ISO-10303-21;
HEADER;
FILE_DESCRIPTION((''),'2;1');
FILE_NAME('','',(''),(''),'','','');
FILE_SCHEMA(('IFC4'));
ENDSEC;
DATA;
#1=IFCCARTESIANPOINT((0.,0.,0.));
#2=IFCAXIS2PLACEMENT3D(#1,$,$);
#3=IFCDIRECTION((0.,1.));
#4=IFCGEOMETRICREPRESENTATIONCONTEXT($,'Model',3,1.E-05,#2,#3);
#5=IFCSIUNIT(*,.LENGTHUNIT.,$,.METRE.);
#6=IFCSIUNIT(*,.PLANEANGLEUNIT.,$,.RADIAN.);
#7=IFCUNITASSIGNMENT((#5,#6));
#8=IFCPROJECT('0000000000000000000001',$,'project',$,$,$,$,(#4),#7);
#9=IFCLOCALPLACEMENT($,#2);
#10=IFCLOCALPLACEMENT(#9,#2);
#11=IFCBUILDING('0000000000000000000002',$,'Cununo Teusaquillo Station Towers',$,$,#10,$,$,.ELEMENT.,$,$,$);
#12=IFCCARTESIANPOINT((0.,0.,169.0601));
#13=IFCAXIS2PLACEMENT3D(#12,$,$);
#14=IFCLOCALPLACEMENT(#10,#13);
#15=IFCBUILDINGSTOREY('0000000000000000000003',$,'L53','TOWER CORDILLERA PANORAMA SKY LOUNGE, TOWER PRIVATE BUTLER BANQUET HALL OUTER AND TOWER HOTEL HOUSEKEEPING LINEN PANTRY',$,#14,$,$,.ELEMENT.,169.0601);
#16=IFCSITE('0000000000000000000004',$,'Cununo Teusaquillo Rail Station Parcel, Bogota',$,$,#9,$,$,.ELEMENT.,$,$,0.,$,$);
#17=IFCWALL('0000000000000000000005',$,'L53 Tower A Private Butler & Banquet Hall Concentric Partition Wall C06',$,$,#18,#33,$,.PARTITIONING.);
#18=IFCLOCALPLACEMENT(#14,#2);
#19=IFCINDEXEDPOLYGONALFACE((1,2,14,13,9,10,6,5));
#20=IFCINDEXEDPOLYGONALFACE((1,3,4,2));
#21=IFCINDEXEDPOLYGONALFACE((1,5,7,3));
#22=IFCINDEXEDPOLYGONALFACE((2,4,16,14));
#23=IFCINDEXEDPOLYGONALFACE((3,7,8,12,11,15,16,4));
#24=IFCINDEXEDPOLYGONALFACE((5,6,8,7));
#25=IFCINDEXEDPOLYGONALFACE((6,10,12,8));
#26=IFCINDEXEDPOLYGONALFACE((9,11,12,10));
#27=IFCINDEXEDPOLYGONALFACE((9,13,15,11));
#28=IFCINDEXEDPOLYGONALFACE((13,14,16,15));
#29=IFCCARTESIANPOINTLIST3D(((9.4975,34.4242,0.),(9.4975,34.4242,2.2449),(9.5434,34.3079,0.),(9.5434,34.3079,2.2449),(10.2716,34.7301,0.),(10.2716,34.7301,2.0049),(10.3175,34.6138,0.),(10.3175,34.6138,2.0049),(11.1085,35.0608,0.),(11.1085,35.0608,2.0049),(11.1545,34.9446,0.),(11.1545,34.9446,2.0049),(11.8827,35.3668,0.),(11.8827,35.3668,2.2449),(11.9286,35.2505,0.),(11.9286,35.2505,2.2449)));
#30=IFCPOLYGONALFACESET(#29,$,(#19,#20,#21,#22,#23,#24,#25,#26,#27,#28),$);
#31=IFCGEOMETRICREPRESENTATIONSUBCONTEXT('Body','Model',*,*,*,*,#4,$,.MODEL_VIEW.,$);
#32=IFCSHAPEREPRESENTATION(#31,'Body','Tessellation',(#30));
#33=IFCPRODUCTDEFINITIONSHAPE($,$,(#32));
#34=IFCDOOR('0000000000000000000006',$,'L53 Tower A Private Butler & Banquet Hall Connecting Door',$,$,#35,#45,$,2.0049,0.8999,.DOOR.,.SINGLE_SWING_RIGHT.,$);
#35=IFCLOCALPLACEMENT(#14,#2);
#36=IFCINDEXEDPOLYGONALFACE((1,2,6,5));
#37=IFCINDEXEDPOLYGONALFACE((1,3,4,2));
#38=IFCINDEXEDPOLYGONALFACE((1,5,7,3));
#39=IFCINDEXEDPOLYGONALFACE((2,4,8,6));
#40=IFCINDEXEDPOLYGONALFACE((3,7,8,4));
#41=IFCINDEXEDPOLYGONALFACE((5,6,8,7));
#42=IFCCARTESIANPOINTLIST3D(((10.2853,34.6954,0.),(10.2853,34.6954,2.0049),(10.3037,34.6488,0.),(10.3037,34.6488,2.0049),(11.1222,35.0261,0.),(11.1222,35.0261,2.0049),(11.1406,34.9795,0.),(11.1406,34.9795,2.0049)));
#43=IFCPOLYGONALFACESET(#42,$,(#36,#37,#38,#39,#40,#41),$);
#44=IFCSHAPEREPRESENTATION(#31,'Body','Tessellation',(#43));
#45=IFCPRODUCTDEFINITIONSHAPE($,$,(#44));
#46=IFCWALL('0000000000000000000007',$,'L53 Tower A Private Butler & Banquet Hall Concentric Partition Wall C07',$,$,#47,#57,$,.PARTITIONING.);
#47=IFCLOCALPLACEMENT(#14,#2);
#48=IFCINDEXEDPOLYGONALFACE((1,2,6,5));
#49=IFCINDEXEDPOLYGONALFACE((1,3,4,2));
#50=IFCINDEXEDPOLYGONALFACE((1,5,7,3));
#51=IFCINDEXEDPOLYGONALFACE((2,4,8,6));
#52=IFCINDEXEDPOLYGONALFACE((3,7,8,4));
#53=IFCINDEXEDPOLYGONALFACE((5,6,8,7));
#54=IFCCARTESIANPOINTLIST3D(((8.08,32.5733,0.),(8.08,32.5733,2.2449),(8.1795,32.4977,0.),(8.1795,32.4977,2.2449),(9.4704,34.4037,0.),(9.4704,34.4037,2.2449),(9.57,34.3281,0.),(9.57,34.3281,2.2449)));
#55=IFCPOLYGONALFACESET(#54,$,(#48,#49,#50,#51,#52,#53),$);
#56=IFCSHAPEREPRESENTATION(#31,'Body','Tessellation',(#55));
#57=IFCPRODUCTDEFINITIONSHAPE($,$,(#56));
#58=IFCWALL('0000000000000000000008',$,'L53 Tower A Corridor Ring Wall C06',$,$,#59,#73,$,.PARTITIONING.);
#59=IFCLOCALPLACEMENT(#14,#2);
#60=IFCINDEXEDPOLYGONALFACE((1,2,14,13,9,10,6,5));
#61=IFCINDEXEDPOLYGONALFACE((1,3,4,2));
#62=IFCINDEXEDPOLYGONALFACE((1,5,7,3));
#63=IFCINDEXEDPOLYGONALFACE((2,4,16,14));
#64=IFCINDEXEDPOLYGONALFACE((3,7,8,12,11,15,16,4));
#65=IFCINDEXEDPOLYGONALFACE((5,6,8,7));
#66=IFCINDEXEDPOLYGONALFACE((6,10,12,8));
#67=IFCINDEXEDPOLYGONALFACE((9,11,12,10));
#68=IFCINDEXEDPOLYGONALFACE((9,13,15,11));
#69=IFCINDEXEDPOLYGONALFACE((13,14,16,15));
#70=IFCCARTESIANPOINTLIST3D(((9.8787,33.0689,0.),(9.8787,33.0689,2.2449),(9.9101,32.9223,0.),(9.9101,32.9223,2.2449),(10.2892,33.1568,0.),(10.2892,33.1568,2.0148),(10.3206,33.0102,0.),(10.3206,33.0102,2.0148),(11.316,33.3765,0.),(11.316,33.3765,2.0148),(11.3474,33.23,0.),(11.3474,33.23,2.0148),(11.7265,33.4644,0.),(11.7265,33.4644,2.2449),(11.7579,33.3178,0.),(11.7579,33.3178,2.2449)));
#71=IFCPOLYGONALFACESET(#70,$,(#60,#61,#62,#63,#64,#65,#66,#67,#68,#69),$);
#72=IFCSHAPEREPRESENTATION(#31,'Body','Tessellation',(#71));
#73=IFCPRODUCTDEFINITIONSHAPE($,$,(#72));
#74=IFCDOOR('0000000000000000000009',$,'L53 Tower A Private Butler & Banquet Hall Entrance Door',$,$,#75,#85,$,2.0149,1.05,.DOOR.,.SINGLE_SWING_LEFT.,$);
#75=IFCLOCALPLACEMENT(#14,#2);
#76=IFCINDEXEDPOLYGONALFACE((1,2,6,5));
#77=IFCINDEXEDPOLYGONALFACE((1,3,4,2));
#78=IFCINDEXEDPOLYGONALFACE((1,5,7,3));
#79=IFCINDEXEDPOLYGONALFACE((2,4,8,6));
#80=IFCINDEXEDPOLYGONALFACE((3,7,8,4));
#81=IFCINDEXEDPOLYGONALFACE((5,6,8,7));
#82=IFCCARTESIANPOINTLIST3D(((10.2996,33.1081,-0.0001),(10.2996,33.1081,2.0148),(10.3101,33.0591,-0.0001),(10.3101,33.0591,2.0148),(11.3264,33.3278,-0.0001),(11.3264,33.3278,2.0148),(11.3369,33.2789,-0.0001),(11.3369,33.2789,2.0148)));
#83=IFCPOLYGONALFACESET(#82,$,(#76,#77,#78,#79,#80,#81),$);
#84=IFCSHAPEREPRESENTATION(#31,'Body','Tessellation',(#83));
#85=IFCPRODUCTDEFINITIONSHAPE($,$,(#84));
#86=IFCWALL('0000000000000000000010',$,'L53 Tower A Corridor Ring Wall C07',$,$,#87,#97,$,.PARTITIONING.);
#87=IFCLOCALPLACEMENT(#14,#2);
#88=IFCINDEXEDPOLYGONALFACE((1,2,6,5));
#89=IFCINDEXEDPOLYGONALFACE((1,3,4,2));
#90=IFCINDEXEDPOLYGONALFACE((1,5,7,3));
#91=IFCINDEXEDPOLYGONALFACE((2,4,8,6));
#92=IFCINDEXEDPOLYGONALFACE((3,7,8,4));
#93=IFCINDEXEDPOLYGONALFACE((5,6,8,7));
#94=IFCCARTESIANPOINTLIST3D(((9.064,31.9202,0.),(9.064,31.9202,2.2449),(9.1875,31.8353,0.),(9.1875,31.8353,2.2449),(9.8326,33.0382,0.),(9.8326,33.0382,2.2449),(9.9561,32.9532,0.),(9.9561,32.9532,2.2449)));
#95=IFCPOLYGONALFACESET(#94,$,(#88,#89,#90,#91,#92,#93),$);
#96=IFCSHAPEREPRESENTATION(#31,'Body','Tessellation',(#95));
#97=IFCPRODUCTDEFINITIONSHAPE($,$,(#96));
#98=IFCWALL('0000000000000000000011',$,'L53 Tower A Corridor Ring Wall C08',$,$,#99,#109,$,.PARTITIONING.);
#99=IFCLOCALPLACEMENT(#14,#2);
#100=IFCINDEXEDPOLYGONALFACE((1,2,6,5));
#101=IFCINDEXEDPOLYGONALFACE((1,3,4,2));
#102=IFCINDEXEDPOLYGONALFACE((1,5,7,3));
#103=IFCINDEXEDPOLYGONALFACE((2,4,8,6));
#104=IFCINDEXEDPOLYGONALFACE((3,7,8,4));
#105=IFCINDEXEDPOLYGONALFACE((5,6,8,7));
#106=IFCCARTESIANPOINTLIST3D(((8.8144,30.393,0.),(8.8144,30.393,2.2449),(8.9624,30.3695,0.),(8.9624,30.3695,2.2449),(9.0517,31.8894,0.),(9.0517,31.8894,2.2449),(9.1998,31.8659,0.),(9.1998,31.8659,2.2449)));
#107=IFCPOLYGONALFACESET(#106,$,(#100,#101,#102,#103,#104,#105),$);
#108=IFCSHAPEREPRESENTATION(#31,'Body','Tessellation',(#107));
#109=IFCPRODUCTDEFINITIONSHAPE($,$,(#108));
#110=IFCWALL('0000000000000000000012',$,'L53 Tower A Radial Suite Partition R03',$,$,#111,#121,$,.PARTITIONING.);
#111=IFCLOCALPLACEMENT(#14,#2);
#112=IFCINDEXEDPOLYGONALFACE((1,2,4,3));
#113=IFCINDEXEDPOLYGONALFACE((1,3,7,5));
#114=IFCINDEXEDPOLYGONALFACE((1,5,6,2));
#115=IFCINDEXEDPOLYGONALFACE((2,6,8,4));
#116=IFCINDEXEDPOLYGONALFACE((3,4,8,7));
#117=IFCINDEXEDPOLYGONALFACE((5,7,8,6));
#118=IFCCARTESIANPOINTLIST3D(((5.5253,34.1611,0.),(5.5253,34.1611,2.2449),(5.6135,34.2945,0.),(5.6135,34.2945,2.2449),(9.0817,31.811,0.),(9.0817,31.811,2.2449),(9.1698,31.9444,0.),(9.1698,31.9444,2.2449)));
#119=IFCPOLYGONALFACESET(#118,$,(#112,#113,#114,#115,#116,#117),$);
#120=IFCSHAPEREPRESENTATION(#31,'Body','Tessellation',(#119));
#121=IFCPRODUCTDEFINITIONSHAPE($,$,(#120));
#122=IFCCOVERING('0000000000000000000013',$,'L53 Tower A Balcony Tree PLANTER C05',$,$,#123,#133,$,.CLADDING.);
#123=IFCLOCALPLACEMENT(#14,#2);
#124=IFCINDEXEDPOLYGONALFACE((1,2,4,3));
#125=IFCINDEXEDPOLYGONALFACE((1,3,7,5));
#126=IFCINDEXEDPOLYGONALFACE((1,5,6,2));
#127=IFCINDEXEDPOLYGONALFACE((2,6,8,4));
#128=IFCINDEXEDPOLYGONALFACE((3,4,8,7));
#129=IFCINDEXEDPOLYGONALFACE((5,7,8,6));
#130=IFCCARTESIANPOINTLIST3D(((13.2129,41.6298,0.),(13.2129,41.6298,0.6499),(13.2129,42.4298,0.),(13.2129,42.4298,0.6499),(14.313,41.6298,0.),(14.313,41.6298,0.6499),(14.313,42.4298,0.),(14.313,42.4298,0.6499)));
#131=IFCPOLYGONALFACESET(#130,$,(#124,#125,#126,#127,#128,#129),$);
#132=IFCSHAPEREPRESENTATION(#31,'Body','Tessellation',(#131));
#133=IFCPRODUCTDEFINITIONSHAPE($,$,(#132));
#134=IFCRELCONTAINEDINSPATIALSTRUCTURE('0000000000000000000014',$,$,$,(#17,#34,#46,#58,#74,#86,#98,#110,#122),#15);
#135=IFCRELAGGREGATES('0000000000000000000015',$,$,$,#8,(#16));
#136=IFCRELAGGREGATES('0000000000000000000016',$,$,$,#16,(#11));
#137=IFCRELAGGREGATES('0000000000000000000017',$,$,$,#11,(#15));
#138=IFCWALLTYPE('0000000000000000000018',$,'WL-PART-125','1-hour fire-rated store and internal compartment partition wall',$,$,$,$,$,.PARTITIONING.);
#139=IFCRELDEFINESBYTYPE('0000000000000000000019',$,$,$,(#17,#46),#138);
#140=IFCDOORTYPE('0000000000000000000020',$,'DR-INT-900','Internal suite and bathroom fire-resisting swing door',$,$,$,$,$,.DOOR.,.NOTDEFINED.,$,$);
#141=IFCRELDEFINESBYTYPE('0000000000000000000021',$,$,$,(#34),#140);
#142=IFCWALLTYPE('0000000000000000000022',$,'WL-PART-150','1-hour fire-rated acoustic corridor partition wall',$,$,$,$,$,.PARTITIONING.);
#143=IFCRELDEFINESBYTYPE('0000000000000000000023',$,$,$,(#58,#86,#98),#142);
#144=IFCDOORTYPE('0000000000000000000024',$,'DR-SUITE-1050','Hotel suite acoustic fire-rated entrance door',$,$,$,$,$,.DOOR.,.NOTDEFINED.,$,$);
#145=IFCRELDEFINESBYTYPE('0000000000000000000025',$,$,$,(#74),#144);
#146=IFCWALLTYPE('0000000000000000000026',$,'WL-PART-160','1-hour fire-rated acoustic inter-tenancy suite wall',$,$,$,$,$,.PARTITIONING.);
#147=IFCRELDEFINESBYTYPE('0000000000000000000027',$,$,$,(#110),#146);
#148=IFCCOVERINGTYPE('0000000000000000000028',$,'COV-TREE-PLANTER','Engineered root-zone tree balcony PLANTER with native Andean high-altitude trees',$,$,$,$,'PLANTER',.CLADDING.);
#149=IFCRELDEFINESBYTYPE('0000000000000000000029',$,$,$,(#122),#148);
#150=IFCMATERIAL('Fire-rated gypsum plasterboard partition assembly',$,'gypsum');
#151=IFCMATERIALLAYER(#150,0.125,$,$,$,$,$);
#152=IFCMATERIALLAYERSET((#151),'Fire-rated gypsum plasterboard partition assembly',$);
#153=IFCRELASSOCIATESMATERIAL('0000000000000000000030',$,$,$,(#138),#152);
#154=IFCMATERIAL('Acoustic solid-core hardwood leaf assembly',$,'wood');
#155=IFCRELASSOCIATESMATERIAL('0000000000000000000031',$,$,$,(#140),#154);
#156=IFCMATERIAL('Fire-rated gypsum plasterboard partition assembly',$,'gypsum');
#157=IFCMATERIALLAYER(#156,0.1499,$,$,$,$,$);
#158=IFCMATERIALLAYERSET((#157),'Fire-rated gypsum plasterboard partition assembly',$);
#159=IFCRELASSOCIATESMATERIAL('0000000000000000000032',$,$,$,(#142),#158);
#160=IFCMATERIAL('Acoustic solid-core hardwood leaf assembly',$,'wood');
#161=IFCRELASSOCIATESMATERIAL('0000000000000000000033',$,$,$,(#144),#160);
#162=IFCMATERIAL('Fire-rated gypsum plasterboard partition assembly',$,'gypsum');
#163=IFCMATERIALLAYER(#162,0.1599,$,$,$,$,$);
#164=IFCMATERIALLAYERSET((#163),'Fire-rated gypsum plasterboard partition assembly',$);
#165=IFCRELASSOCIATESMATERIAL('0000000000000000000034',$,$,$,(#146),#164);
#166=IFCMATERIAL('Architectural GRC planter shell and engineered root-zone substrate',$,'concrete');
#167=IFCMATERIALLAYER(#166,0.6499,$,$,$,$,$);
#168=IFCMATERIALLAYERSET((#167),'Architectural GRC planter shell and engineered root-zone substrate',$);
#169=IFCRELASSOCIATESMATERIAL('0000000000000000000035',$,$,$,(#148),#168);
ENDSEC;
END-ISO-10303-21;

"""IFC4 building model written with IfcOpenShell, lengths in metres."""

from ifc_helpers import new_model, si_unit, direction, frame, frame_2d, origin, origin_2d, place, context, subcontext, project, spatial, rectangle, extrude, source, transform, mapped, material, layer, layer_set, type_object, element, fill, save


model = new_model("IFC4")

# Units and contexts
model_context = context("Model", 3, precision=1e-05, world=origin(), true_north=direction((0.0, 1.0)))
body_context = subcontext(model_context, "Body", "Model", "MODEL_VIEW")
ifc_project = project(units=[si_unit("LENGTHUNIT", "METRE"), si_unit("PLANEANGLEUNIT", "RADIAN")], contexts=[model_context])

# Site, building, storey
site_placement = place(None, origin())
site = spatial("IfcSite", under=ifc_project, at=site_placement, Name="Cununo Teusaquillo Rail Station Parcel, Bogota", CompositionType="ELEMENT", RefElevation=0.0)
building_placement = place(site_placement, origin())
building = spatial("IfcBuilding", under=site, at=building_placement, Name="Cununo Teusaquillo Station Towers", CompositionType="ELEMENT")
storey_placement = place(building_placement, frame((0.0, 0.0, 169.0601)))
storey = spatial("IfcBuildingStorey", under=building, at=storey_placement, Name="L53", Description="TOWER CORDILLERA PANORAMA SKY LOUNGE, TOWER PRIVATE BUTLER BANQUET HALL OUTER AND TOWER HOTEL HOUSEKEEPING LINEN PANTRY", CompositionType="ELEMENT", Elevation=169.0601)

# Wall, opening, door
ifc_material_1 = material(Name="Fire-rated gypsum plasterboard partition assembly", Category="gypsum")
ifc_layer_1 = layer(ifc_material_1, 0.125)
ifc_layer_set_1 = layer_set([ifc_layer_1], Name="Fire-rated gypsum plasterboard partition assembly")
wall_type_1 = type_object("IfcWallType", Name="WL-PART-125", Description="1-hour fire-rated store and internal compartment partition wall", PredefinedType="PARTITIONING", material=ifc_layer_set_1)
wall_1_placement = place(storey_placement, frame((11.9055, 35.3086, 0.0), z_axis=(0.0, 0.0, 1.0), x_axis=(-0.930011, -0.367531, 0.0)))
wall_1 = element("IfcWall", 1, at=wall_1_placement, inside=storey, type_object=wall_type_1, Name="L53 Tower A Private Butler & Banquet Hall Concentric Partition Wall C06", PredefinedType="PARTITIONING", context=body_context, shape_type="SweptSolid", body=[
    extrude(rectangle(XDim=2.5647, YDim=0.125, at=frame_2d((1.2822, 0.0))), origin(), (0.0, 0.0, 1.0), 2.2449),
])
shared_shape_1 = source(origin(), body_context, "Body", "SweptSolid", [
    extrude(rectangle(XDim=0.8999, YDim=2.0049, at=frame_2d((0.45, 1.0024))), frame((0.0, 0.0725, 0.0), z_axis=(0.0, -1.0, 0.0), x_axis=(1.0, 0.0, 0.0)), (0.0, 0.0, 1.0), 0.145),
])
opening_1_placement = place(wall_1_placement, frame((0.8323, 0.0, 0.0)))
opening_1 = element("IfcOpeningElement", 2, at=opening_1_placement, cuts=wall_1, PredefinedType="OPENING", context=body_context, shape_type="MappedRepresentation", body=[
    mapped(shared_shape_1, transform((0.0, 0.0, 0.0), x_axis=(1.0, 0.0, 0.0), y_axis=(0.0, 1.0, 0.0), z_axis=(0.0, 0.0, 1.0), scale=1.0)),
])
ifc_material_2 = material(Name="Acoustic solid-core hardwood leaf assembly", Category="wood")
door_type_1 = type_object("IfcDoorType", Name="DR-INT-900", Description="Internal suite and bathroom fire-resisting swing door", OperationType="NOTDEFINED", PredefinedType="DOOR", material=ifc_material_2)
shared_shape_2 = source(origin(), body_context, "Body", "SweptSolid", [
    extrude(rectangle(XDim=0.8999, YDim=2.0049, at=frame_2d((0.45, 1.0024))), frame((0.0, 0.0249, 0.0), z_axis=(0.0, -1.0, 0.0), x_axis=(1.0, 0.0, 0.0)), (0.0, 0.0, 1.0), 0.05),
])
door_1_placement = place(opening_1_placement, origin())
door_1 = element("IfcDoor", 3, at=door_1_placement, inside=storey, type_object=door_type_1, Name="L53 Tower A Private Butler & Banquet Hall Connecting Door", OperationType="SINGLE_SWING_RIGHT", OverallHeight=2.0049, OverallWidth=0.8999, PredefinedType="DOOR", context=body_context, shape_type="MappedRepresentation", body=[
    mapped(shared_shape_2, transform((0.0, 0.0, 0.0), x_axis=(1.0, 0.0, 0.0), y_axis=(0.0, 1.0, 0.0), z_axis=(0.0, 0.0, 1.0), scale=1.0)),
])
fill(opening_1, door_1)

# Wall
wall_2_placement = place(storey_placement, frame((9.5203, 34.366, 0.0), z_axis=(0.0, 0.0, 1.0), x_axis=(-0.6049, -0.796301, 0.0)))
element("IfcWall", 4, at=wall_2_placement, inside=storey, type_object=wall_type_1, Name="L53 Tower A Private Butler & Banquet Hall Concentric Partition Wall C07", PredefinedType="PARTITIONING", context=body_context, shape_type="SweptSolid", body=[
    extrude(rectangle(XDim=2.2986, YDim=0.125, at=frame_2d((1.1494, 0.0))), origin(), (0.0, 0.0, 1.0), 2.2449),
])

# Wall, opening, door
ifc_material_3 = material(Name="Fire-rated gypsum plasterboard partition assembly", Category="gypsum")
ifc_layer_2 = layer(ifc_material_3, 0.1499)
ifc_layer_set_2 = layer_set([ifc_layer_2], Name="Fire-rated gypsum plasterboard partition assembly")
wall_type_2 = type_object("IfcWallType", Name="WL-PART-150", Description="1-hour fire-rated acoustic corridor partition wall", PredefinedType="PARTITIONING", material=ifc_layer_set_2)
wall_3_placement = place(storey_placement, frame((11.7422, 33.3911, 0.0), z_axis=(0.0, 0.0, 1.0), x_axis=(-0.977853, -0.209291, 0.0)))
wall_3 = element("IfcWall", 5, at=wall_3_placement, inside=storey, type_object=wall_type_2, Name="L53 Tower A Corridor Ring Wall C06", PredefinedType="PARTITIONING", context=body_context, shape_type="SweptSolid", body=[
    extrude(rectangle(XDim=1.8896, YDim=0.1499, at=frame_2d((0.9448, 0.0))), origin(), (0.0, 0.0, 1.0), 2.2449),
])
shared_shape_3 = source(origin(), body_context, "Body", "SweptSolid", [
    extrude(rectangle(XDim=1.05, YDim=2.0149, at=frame_2d((0.5249, 1.0073))), frame((0.0, 0.085, 0.0), z_axis=(0.0, -1.0, 0.0), x_axis=(1.0, 0.0, 0.0)), (0.0, 0.0, 1.0), 0.1699),
])
opening_2_placement = place(wall_3_placement, frame((0.4199, 0.0, 0.0)))
opening_2 = element("IfcOpeningElement", 6, at=opening_2_placement, cuts=wall_3, PredefinedType="OPENING", context=body_context, shape_type="MappedRepresentation", body=[
    mapped(shared_shape_3, transform((0.0, 0.0, 0.0), x_axis=(1.0, 0.0, 0.0), y_axis=(0.0, 1.0, 0.0), z_axis=(0.0, 0.0, 1.0), scale=1.0)),
])
ifc_material_4 = material(Name="Acoustic solid-core hardwood leaf assembly", Category="wood")
door_type_2 = type_object("IfcDoorType", Name="DR-SUITE-1050", Description="Hotel suite acoustic fire-rated entrance door", OperationType="NOTDEFINED", PredefinedType="DOOR", material=ifc_material_4)
shared_shape_4 = source(origin(), body_context, "Body", "SweptSolid", [
    extrude(rectangle(XDim=1.05, YDim=2.0149, at=frame_2d((0.5249, 1.0073))), frame((0.0, 0.0249, 0.0), z_axis=(0.0, -1.0, 0.0), x_axis=(1.0, 0.0, 0.0)), (0.0, 0.0, 1.0), 0.05),
])
door_2_placement = place(opening_2_placement, origin())
door_2 = element("IfcDoor", 7, at=door_2_placement, inside=storey, type_object=door_type_2, Name="L53 Tower A Private Butler & Banquet Hall Entrance Door", OperationType="SINGLE_SWING_LEFT", OverallHeight=2.0149, OverallWidth=1.05, PredefinedType="DOOR", context=body_context, shape_type="MappedRepresentation", body=[
    mapped(shared_shape_4, transform((0.0, 0.0, 0.0), x_axis=(1.0, 0.0, 0.0), y_axis=(0.0, 1.0, 0.0), z_axis=(0.0, 0.0, 1.0), scale=1.0)),
])
fill(opening_2, door_2)

# Walls
wall_4_placement = place(storey_placement, frame((9.8943, 32.9956, 0.0), z_axis=(0.0, 0.0, 1.0), x_axis=(-0.566521, -0.824047, 0.0)))
element("IfcWall", 8, at=wall_4_placement, inside=storey, type_object=wall_type_2, Name="L53 Tower A Corridor Ring Wall C07", PredefinedType="PARTITIONING", context=body_context, shape_type="SweptSolid", body=[
    extrude(rectangle(XDim=1.3567, YDim=0.1499, at=frame_2d((0.6782, 0.0))), origin(), (0.0, 0.0, 1.0), 2.2449),
])
wall_5_placement = place(storey_placement, frame((9.1257, 31.8777, 0.0), z_axis=(0.0, 0.0, 1.0), x_axis=(-0.156633, -0.987657, 0.0)))
element("IfcWall", 9, at=wall_5_placement, inside=storey, type_object=wall_type_2, Name="L53 Tower A Corridor Ring Wall C08", PredefinedType="PARTITIONING", context=body_context, shape_type="SweptSolid", body=[
    extrude(rectangle(XDim=1.5151, YDim=0.1499, at=frame_2d((0.7576, 0.0))), origin(), (0.0, 0.0, 1.0), 2.2449),
])
ifc_material_5 = material(Name="Fire-rated gypsum plasterboard partition assembly", Category="gypsum")
ifc_layer_3 = layer(ifc_material_5, 0.1599)
ifc_layer_set_3 = layer_set([ifc_layer_3], Name="Fire-rated gypsum plasterboard partition assembly")
wall_type_3 = type_object("IfcWallType", Name="WL-PART-160", Description="1-hour fire-rated acoustic inter-tenancy suite wall", PredefinedType="PARTITIONING", material=ifc_layer_set_3)
wall_6_placement = place(storey_placement, frame((9.1257, 31.8777, 0.0), z_axis=(0.0, 0.0, 1.0), x_axis=(-0.834299, 0.551312, 0.0)))
element("IfcWall", 10, at=wall_6_placement, inside=storey, type_object=wall_type_3, Name="L53 Tower A Radial Suite Partition R03", PredefinedType="PARTITIONING", context=body_context, shape_type="SweptSolid", body=[
    extrude(rectangle(XDim=4.2627, YDim=0.1599, at=frame_2d((2.1313, 0.0))), origin(), (0.0, 0.0, 1.0), 2.2449),
])

# Covering
ifc_material_6 = material(Name="Architectural GRC planter shell and engineered root-zone substrate", Category="concrete")
ifc_layer_4 = layer(ifc_material_6, 0.6499)
ifc_layer_set_4 = layer_set([ifc_layer_4], Name="Architectural GRC planter shell and engineered root-zone substrate")
covering_type = type_object("IfcCoveringType", Name="COV-TREE-PLANTER", Description="Engineered root-zone tree balcony PLANTER with native Andean high-altitude trees", ElementType="PLANTER", PredefinedType="CLADDING", material=ifc_layer_set_4)
shared_shape_5 = source(origin(), body_context, "Body", "SweptSolid", [
    extrude(rectangle(XDim=1.1001, YDim=0.8, at=origin_2d()), origin(), (0.0, 0.0, 1.0), 0.6499),
])
covering_placement = place(storey_placement, frame((13.7629, 42.0298, 0.0), z_axis=(0.0, 0.0, 1.0), x_axis=(1.0, 0.0, 0.0)))
element("IfcCovering", 11, at=covering_placement, inside=storey, type_object=covering_type, Name="L53 Tower A Balcony Tree PLANTER C05", PredefinedType="CLADDING", context=body_context, shape_type="MappedRepresentation", body=[
    mapped(shared_shape_5, transform((0.0, 0.0, 0.0), x_axis=(1.0, 0.0, 0.0), y_axis=(0.0, 1.0, 0.0), z_axis=(0.0, 0.0, 1.0), scale=1.0)),
])

save(model, "model.ifc")
